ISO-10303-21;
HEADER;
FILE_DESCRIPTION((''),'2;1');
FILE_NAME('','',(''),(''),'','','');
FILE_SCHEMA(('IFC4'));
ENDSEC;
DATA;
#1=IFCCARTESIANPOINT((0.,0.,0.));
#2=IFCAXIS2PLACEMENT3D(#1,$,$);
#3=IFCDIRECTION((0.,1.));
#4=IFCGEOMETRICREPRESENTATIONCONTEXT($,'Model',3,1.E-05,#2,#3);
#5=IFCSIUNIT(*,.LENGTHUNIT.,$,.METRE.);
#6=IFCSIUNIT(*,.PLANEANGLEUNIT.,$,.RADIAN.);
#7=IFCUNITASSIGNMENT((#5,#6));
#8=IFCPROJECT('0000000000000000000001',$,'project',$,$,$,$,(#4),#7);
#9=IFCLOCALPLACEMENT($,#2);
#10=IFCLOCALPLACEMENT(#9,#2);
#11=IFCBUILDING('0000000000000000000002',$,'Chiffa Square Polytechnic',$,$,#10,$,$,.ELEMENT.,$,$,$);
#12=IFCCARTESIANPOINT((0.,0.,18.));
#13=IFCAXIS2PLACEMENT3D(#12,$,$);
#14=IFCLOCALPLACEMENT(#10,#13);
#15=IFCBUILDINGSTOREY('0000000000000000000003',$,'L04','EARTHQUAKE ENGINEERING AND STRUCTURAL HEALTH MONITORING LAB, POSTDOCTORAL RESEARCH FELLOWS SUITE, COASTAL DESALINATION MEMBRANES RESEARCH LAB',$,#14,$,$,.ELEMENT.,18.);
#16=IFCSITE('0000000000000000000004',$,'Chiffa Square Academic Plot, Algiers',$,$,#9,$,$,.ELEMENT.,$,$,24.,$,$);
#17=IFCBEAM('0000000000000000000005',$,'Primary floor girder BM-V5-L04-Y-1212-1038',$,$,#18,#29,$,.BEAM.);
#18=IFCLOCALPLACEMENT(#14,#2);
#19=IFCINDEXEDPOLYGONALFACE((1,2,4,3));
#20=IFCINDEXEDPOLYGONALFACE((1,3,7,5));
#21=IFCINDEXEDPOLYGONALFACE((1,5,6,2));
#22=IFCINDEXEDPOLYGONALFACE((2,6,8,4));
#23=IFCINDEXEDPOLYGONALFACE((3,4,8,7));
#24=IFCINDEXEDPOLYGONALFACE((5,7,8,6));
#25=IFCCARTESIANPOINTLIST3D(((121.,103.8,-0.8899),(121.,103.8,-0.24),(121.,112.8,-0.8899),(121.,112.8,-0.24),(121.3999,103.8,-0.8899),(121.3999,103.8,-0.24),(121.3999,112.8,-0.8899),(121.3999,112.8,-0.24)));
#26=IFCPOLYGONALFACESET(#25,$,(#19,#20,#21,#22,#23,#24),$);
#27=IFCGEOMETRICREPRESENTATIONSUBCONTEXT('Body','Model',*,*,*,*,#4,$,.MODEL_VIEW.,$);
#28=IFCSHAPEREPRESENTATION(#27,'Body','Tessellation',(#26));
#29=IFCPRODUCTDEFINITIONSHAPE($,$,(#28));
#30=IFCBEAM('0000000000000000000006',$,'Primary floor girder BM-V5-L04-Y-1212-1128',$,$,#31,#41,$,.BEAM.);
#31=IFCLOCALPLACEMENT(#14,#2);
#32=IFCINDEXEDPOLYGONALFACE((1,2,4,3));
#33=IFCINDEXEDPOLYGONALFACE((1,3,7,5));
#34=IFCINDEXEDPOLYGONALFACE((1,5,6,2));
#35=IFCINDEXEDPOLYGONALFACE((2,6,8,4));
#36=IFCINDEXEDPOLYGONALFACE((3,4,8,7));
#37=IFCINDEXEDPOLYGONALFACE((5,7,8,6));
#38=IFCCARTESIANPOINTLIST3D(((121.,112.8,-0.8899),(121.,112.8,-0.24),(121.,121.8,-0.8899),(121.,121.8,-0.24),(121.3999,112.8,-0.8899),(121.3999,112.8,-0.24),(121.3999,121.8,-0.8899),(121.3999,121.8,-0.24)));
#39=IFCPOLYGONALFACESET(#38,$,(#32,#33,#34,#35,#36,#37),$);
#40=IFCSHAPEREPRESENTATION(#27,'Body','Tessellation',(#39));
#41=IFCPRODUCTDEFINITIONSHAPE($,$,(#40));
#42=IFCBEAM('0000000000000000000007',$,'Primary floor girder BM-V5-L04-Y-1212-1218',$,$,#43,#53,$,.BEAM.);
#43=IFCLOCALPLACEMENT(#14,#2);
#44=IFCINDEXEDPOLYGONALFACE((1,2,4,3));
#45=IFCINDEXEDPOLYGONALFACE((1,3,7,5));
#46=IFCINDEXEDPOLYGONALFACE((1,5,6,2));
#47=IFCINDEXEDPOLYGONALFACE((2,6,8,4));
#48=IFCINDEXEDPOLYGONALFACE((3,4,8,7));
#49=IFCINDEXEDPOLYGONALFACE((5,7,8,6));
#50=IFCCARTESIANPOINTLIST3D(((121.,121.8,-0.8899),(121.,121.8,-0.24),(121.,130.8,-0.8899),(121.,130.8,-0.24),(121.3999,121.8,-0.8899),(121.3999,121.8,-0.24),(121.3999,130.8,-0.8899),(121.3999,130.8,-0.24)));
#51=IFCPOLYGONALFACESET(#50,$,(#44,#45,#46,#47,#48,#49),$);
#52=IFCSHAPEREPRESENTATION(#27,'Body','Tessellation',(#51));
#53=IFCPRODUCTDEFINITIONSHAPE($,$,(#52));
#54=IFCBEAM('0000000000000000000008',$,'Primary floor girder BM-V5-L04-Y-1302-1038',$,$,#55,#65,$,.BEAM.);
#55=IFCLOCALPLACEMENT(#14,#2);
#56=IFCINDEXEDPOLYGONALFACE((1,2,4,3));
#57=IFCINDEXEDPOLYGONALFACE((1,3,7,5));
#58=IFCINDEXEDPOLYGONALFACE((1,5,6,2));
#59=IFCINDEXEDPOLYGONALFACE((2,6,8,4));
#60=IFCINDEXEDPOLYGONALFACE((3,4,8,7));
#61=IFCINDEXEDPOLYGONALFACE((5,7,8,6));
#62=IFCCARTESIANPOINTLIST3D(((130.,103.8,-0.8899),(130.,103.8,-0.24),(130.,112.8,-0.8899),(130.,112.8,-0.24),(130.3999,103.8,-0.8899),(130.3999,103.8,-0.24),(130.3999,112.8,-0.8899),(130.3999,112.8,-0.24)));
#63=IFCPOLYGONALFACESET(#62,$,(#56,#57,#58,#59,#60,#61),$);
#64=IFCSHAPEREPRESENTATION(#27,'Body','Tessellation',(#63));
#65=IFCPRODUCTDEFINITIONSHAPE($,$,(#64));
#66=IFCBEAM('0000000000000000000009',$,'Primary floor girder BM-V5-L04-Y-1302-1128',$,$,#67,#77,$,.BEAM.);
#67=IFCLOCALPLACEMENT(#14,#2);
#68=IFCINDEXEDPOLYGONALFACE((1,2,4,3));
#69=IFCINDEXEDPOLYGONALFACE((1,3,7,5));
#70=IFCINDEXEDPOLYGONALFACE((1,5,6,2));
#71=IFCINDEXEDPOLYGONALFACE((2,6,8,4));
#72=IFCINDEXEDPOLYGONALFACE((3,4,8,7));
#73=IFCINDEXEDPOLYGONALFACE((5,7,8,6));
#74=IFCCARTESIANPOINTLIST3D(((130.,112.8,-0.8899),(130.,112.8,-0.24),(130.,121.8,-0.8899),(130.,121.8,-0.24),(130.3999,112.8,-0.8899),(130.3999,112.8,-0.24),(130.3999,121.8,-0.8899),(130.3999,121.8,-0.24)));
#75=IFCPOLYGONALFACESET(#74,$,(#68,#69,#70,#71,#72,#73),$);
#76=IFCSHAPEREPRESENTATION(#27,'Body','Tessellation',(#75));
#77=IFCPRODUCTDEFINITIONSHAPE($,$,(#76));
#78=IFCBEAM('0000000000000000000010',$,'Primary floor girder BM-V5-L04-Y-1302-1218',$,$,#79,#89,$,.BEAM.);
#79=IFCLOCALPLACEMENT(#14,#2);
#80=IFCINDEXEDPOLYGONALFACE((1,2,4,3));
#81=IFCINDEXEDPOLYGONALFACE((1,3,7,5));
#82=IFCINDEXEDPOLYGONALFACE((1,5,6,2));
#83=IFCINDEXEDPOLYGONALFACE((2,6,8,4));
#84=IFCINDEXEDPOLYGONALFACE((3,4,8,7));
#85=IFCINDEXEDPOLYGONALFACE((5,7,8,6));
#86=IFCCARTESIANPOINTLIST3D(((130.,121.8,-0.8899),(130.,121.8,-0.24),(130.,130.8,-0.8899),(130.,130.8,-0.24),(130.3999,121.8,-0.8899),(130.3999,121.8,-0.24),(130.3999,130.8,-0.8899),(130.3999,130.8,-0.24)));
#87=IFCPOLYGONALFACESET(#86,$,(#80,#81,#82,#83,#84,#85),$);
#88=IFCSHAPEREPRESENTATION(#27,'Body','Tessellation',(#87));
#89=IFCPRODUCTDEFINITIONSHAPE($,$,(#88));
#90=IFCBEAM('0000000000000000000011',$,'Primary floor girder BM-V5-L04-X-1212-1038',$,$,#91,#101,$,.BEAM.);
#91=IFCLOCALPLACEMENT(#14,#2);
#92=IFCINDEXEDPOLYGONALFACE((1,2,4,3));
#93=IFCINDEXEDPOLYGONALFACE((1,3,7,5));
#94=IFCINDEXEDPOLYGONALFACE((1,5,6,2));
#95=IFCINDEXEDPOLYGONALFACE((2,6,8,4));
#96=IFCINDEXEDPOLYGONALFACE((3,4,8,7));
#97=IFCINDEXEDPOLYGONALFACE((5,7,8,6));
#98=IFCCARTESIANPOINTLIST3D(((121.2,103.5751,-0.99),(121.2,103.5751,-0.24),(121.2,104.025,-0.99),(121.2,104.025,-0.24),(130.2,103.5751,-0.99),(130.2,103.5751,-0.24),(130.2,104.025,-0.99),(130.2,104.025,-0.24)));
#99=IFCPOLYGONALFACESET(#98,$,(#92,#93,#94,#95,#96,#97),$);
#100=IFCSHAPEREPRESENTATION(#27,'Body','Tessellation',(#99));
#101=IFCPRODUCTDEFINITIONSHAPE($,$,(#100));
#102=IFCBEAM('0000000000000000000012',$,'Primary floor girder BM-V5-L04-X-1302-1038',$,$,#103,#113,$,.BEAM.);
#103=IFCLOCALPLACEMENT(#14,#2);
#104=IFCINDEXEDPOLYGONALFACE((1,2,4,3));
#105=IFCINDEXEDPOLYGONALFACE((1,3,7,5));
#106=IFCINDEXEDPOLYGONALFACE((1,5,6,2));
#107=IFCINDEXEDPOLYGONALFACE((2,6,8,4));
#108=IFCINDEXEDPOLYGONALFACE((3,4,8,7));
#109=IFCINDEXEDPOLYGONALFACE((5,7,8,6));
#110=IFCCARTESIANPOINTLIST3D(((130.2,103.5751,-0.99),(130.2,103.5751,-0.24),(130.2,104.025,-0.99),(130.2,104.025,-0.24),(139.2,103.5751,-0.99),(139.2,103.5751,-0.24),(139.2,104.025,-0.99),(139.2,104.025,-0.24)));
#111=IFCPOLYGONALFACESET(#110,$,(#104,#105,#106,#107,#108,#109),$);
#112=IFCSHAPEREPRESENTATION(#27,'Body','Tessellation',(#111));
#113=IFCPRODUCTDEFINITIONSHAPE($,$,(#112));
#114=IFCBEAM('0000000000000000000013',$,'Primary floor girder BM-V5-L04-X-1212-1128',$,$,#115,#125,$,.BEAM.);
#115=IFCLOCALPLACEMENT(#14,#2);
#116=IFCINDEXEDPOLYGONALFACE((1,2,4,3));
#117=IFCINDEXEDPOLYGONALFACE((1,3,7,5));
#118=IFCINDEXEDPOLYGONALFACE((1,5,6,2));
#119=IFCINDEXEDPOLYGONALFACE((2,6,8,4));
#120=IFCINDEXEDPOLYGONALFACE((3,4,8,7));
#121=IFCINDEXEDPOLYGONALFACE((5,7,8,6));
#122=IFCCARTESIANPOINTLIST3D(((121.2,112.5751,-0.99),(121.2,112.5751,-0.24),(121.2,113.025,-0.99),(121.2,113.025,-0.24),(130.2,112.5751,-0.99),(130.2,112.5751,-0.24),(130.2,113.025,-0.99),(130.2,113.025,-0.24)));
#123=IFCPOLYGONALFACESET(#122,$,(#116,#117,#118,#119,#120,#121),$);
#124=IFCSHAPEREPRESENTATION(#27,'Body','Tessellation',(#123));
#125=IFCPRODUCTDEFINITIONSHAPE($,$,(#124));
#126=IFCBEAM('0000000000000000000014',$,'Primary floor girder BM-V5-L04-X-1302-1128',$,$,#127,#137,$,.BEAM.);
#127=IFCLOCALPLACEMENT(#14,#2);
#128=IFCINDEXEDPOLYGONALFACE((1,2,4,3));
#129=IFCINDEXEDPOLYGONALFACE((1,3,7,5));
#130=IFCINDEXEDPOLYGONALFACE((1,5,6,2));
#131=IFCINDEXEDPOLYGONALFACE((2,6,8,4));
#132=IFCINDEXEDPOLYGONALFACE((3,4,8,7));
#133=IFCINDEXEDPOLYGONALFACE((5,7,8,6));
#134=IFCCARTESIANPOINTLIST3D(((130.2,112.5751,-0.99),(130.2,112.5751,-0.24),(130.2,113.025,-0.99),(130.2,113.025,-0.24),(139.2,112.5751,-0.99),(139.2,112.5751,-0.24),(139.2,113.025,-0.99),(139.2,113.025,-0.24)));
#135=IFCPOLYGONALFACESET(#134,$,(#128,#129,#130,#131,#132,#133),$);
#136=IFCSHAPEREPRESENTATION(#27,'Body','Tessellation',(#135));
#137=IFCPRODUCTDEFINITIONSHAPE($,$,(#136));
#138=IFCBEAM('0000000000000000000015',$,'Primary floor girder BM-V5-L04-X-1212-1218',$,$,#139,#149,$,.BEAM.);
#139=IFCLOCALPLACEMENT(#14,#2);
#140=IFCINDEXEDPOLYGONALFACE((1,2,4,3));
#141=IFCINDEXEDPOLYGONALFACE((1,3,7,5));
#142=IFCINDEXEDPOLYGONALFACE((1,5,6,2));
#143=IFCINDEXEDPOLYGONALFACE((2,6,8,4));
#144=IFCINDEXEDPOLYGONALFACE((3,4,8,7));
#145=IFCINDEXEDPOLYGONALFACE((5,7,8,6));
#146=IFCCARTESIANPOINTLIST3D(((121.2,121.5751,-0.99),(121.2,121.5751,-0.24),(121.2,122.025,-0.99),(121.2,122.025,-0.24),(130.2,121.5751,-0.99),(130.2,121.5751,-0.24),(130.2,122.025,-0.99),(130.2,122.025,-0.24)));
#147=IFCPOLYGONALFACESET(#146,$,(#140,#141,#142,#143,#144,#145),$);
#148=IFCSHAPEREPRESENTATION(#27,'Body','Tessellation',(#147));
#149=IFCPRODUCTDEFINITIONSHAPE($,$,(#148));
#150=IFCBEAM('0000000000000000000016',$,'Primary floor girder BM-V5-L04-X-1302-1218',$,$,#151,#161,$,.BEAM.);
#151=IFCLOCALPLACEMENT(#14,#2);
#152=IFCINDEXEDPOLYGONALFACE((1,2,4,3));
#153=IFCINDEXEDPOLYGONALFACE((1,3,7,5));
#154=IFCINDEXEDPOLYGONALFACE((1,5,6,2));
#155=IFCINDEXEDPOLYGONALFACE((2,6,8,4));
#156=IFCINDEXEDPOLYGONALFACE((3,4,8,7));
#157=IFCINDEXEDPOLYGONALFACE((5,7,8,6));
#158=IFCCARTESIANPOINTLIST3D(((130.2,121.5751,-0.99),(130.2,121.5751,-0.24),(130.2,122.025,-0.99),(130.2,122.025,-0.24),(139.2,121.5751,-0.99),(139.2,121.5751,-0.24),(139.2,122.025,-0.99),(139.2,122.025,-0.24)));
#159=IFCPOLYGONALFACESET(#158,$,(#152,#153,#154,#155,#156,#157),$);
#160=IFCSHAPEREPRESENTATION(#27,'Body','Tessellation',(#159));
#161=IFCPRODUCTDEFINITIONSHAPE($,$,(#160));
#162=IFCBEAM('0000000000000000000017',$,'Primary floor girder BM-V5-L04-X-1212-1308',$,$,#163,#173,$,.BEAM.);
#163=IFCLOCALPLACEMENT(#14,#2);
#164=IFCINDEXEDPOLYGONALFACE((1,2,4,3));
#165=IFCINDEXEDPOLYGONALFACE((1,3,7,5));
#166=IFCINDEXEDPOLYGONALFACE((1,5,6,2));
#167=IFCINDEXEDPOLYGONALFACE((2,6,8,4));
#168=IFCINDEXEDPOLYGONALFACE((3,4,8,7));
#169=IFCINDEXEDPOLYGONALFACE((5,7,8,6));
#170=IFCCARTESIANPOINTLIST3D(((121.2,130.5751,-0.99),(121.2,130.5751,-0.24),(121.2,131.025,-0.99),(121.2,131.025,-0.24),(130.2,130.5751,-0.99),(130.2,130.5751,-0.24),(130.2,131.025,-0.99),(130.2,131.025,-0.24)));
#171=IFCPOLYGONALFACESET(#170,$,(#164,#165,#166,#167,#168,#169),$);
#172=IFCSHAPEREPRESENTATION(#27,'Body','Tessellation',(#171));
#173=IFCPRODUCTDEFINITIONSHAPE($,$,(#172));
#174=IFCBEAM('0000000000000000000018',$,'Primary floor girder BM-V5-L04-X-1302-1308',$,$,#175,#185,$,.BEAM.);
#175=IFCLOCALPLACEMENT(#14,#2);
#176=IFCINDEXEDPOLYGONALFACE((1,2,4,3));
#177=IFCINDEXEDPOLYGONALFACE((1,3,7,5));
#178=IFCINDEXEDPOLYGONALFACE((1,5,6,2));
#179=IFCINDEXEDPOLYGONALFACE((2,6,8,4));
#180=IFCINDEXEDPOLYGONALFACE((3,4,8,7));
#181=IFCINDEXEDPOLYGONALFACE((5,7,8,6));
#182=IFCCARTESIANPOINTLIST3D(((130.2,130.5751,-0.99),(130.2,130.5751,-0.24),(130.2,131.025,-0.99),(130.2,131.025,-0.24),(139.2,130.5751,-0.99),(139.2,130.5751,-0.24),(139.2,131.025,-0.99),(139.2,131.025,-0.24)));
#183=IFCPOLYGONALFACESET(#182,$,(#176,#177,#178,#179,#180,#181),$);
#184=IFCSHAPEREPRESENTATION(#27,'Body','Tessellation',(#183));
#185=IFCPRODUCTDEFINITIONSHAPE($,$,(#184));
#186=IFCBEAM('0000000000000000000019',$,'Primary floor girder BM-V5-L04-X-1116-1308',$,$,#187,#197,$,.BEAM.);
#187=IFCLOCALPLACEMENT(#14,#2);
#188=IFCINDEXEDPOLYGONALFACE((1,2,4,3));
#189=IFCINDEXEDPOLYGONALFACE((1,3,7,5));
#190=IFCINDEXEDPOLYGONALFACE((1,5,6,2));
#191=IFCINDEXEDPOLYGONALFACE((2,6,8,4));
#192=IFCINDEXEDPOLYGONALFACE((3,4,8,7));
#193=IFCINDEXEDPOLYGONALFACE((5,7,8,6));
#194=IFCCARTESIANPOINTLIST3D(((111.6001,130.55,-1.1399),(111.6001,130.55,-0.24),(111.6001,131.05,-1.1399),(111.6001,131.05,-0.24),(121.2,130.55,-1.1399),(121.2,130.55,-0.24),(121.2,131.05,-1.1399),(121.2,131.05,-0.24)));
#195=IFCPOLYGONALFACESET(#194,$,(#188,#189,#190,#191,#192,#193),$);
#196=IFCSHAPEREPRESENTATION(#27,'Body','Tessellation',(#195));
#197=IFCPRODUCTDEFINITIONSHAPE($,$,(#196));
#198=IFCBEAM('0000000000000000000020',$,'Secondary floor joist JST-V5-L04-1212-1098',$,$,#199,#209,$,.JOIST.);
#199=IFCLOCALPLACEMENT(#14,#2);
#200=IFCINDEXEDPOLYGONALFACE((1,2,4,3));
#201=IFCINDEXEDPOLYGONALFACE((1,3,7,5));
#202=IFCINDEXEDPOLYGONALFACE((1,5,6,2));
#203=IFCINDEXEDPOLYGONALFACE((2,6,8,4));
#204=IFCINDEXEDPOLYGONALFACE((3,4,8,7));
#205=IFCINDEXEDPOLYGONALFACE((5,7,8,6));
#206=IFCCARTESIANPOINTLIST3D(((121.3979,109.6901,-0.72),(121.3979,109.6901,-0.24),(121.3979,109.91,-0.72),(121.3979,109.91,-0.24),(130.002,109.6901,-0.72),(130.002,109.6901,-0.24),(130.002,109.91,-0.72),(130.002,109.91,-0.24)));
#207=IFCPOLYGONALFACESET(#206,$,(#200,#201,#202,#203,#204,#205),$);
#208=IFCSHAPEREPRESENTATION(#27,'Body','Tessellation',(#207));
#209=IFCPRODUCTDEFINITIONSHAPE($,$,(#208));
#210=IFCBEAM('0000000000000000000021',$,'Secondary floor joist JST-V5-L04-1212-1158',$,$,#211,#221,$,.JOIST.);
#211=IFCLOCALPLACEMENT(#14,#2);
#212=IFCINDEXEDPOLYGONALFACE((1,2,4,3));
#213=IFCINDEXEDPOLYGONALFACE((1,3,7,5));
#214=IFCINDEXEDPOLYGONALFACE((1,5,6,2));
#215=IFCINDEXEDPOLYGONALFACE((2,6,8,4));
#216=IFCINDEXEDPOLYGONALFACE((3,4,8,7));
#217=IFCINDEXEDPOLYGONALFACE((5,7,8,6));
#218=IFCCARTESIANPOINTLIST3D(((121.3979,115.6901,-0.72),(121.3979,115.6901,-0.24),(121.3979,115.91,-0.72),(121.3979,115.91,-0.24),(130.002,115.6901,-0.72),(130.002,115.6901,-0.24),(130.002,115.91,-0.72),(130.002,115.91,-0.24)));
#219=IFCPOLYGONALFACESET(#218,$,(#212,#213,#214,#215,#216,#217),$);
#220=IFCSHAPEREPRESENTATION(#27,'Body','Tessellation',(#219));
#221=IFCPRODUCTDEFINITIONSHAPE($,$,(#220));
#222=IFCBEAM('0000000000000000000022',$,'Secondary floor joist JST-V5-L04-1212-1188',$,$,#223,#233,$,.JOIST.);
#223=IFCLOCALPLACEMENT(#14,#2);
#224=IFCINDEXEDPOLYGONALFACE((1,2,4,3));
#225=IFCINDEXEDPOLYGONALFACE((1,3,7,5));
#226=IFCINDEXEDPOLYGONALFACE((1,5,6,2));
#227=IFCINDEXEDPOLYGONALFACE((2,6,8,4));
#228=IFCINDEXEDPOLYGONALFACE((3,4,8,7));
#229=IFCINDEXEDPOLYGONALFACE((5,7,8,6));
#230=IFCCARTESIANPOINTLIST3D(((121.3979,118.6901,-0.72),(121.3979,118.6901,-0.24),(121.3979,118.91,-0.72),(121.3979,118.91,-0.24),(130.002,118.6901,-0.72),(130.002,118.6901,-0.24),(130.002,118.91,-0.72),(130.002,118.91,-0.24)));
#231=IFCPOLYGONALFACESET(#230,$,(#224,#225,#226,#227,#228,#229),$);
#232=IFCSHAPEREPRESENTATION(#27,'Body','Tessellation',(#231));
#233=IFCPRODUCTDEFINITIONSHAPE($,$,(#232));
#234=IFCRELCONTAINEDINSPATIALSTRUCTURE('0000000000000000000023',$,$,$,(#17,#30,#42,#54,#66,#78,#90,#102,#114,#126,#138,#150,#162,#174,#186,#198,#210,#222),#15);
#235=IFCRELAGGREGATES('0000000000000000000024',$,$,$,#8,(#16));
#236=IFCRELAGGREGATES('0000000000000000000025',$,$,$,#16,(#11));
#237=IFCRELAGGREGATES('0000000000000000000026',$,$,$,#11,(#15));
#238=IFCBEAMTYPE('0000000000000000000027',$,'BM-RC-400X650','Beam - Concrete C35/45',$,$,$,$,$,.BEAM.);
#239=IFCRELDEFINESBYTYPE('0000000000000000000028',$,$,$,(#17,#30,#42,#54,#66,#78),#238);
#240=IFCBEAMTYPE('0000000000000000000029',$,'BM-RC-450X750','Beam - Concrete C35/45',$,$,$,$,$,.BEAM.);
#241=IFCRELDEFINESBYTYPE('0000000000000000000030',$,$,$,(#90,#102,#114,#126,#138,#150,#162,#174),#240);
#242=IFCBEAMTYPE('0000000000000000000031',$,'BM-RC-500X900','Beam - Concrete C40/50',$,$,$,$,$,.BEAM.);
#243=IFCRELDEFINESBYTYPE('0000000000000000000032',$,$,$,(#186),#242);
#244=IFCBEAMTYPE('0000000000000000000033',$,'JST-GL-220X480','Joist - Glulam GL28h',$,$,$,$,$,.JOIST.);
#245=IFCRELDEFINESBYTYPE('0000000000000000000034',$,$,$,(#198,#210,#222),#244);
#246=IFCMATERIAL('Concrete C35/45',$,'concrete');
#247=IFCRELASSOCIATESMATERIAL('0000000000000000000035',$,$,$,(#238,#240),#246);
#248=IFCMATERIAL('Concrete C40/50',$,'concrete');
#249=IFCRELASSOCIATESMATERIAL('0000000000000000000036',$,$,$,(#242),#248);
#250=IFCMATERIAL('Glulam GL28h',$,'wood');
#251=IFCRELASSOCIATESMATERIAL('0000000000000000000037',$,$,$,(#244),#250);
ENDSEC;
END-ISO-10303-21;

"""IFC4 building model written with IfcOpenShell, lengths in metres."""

from ifc_helpers import new_model, si_unit, direction, frame, origin, origin_2d, place, context, subcontext, project, spatial, rectangle, extrude, material, material_profile, profile_set, type_object, element, save


model = new_model("IFC4")

# Units and contexts
model_context = context("Model", 3, precision=1e-05, world=origin(), true_north=direction((0.0, 1.0)))
body_context = subcontext(model_context, "Body", "Model", "MODEL_VIEW")
ifc_project = project(units=[si_unit("LENGTHUNIT", "METRE"), si_unit("PLANEANGLEUNIT", "RADIAN")], contexts=[model_context])

# Site, building, storey
site_placement = place(None, origin())
site = spatial("IfcSite", under=ifc_project, at=site_placement, Name="Chiffa Square Academic Plot, Algiers", CompositionType="ELEMENT", RefElevation=24.0)
building_placement = place(site_placement, origin())
building = spatial("IfcBuilding", under=site, at=building_placement, Name="Chiffa Square Polytechnic", CompositionType="ELEMENT")
storey_placement = place(building_placement, frame((0.0, 0.0, 18.0)))
storey = spatial("IfcBuildingStorey", under=building, at=storey_placement, Name="L04", Description="EARTHQUAKE ENGINEERING AND STRUCTURAL HEALTH MONITORING LAB, POSTDOCTORAL RESEARCH FELLOWS SUITE, COASTAL DESALINATION MEMBRANES RESEARCH LAB", CompositionType="ELEMENT", Elevation=18.0)

# Beams
ifc_material_1 = material(Name="Concrete C35/45", Category="concrete")
ifc_material_profile_1 = material_profile(ifc_material_1, rectangle(XDim=0.3999, YDim=0.6499, at=origin_2d()), Name="RC 400x650")
ifc_profile_set_1 = profile_set([ifc_material_profile_1], Name="Concrete C35/45")
beam_type_1 = type_object("IfcBeamType", Name="BM-RC-400X650", Description="Beam - Concrete C35/45", PredefinedType="BEAM", material=ifc_profile_set_1)
for number, where, z_axis, x_axis, name in (
    (1, (121.2, 103.8, -0.5649), (0.0, 1.0, 0.0), (-1.0, 0.0, 0.0), "Primary floor girder BM-V5-L04-Y-1212-1038"),
    (2, (121.2, 112.8, -0.5649), (0.0, 1.0, 0.0), (-1.0, 0.0, 0.0), "Primary floor girder BM-V5-L04-Y-1212-1128"),
    (3, (121.2, 121.8, -0.5649), (0.0, 1.0, 0.0), (-1.0, 0.0, 0.0), "Primary floor girder BM-V5-L04-Y-1212-1218"),
    (4, (130.2, 103.8, -0.5649), (0.0, 1.0, 0.0), (-1.0, 0.0, 0.0), "Primary floor girder BM-V5-L04-Y-1302-1038"),
    (5, (130.2, 112.8, -0.5649), (0.0, 1.0, 0.0), (-1.0, 0.0, 0.0), "Primary floor girder BM-V5-L04-Y-1302-1128"),
    (6, (130.2, 121.8, -0.5649), (0.0, 1.0, 0.0), (-1.0, 0.0, 0.0), "Primary floor girder BM-V5-L04-Y-1302-1218"),
):
    element("IfcBeam", number, at=place(storey_placement, frame(where, z_axis=z_axis, x_axis=x_axis)), inside=storey, type_object=beam_type_1, Name=name, PredefinedType="BEAM", context=body_context, shape_type="SweptSolid", body=[
        extrude(rectangle(XDim=0.3999, YDim=0.6499, at=origin_2d()), origin(), (0.0, 0.0, 1.0), 9.0),
    ])
ifc_material_profile_2 = material_profile(ifc_material_1, rectangle(XDim=0.45, YDim=0.75, at=origin_2d()), Name="RC 450x750")
ifc_profile_set_2 = profile_set([ifc_material_profile_2], Name="Concrete C35/45")
beam_type_2 = type_object("IfcBeamType", Name="BM-RC-450X750", Description="Beam - Concrete C35/45", PredefinedType="BEAM", material=ifc_profile_set_2)
for number, where, z_axis, x_axis, name in (
    (7, (121.2, 103.8, -0.615), (1.0, 0.0, 0.0), (0.0, 1.0, 0.0), "Primary floor girder BM-V5-L04-X-1212-1038"),
    (8, (130.2, 103.8, -0.615), (1.0, 0.0, 0.0), (0.0, 1.0, 0.0), "Primary floor girder BM-V5-L04-X-1302-1038"),
    (9, (121.2, 112.8, -0.615), (1.0, 0.0, 0.0), (0.0, 1.0, 0.0), "Primary floor girder BM-V5-L04-X-1212-1128"),
    (10, (130.2, 112.8, -0.615), (1.0, 0.0, 0.0), (0.0, 1.0, 0.0), "Primary floor girder BM-V5-L04-X-1302-1128"),
    (11, (121.2, 121.8, -0.615), (1.0, 0.0, 0.0), (0.0, 1.0, 0.0), "Primary floor girder BM-V5-L04-X-1212-1218"),
    (12, (130.2, 121.8, -0.615), (1.0, 0.0, 0.0), (0.0, 1.0, 0.0), "Primary floor girder BM-V5-L04-X-1302-1218"),
    (13, (121.2, 130.8, -0.615), (1.0, 0.0, 0.0), (0.0, 1.0, 0.0), "Primary floor girder BM-V5-L04-X-1212-1308"),
    (14, (130.2, 130.8, -0.615), (1.0, 0.0, 0.0), (0.0, 1.0, 0.0), "Primary floor girder BM-V5-L04-X-1302-1308"),
):
    element("IfcBeam", number, at=place(storey_placement, frame(where, z_axis=z_axis, x_axis=x_axis)), inside=storey, type_object=beam_type_2, Name=name, PredefinedType="BEAM", context=body_context, shape_type="SweptSolid", body=[
        extrude(rectangle(XDim=0.45, YDim=0.75, at=origin_2d()), origin(), (0.0, 0.0, 1.0), 9.0),
    ])
ifc_material_2 = material(Name="Concrete C40/50", Category="concrete")
ifc_material_profile_3 = material_profile(ifc_material_2, rectangle(XDim=0.5, YDim=0.8999, at=origin_2d()), Name="RC 500x900")
ifc_profile_set_3 = profile_set([ifc_material_profile_3], Name="Concrete C40/50")
beam_type_3 = type_object("IfcBeamType", Name="BM-RC-500X900", Description="Beam - Concrete C40/50", PredefinedType="BEAM", material=ifc_profile_set_3)
beam_placement = place(storey_placement, frame((111.6001, 130.8, -0.6899), z_axis=(1.0, 0.0, 0.0), x_axis=(0.0, 1.0, 0.0)))
element("IfcBeam", 15, at=beam_placement, inside=storey, type_object=beam_type_3, Name="Primary floor girder BM-V5-L04-X-1116-1308", PredefinedType="BEAM", context=body_context, shape_type="SweptSolid", body=[
    extrude(rectangle(XDim=0.5, YDim=0.8999, at=origin_2d()), origin(), (0.0, 0.0, 1.0), 9.5999),
])
ifc_material_3 = material(Name="Glulam GL28h", Category="wood")
ifc_material_profile_4 = material_profile(ifc_material_3, rectangle(XDim=0.22, YDim=0.48, at=origin_2d()), Name="GL28h 220x480")
ifc_profile_set_4 = profile_set([ifc_material_profile_4], Name="Glulam GL28h")
beam_type_4 = type_object("IfcBeamType", Name="JST-GL-220X480", Description="Joist - Glulam GL28h", PredefinedType="JOIST", material=ifc_profile_set_4)
for number, where, z_axis, x_axis, name in (
    (16, (121.3979, 109.8, -0.48), (1.0, 0.0, 0.0), (0.0, 1.0, 0.0), "Secondary floor joist JST-V5-L04-1212-1098"),
    (17, (121.3979, 115.8, -0.48), (1.0, 0.0, 0.0), (0.0, 1.0, 0.0), "Secondary floor joist JST-V5-L04-1212-1158"),
    (18, (121.3979, 118.8, -0.48), (1.0, 0.0, 0.0), (0.0, 1.0, 0.0), "Secondary floor joist JST-V5-L04-1212-1188"),
):
    element("IfcBeam", number, at=place(storey_placement, frame(where, z_axis=z_axis, x_axis=x_axis)), inside=storey, type_object=beam_type_4, Name=name, PredefinedType="JOIST", context=body_context, shape_type="SweptSolid", body=[
        extrude(rectangle(XDim=0.22, YDim=0.48, at=origin_2d()), origin(), (0.0, 0.0, 1.0), 8.604),
    ])

save(model, "model.ifc")
